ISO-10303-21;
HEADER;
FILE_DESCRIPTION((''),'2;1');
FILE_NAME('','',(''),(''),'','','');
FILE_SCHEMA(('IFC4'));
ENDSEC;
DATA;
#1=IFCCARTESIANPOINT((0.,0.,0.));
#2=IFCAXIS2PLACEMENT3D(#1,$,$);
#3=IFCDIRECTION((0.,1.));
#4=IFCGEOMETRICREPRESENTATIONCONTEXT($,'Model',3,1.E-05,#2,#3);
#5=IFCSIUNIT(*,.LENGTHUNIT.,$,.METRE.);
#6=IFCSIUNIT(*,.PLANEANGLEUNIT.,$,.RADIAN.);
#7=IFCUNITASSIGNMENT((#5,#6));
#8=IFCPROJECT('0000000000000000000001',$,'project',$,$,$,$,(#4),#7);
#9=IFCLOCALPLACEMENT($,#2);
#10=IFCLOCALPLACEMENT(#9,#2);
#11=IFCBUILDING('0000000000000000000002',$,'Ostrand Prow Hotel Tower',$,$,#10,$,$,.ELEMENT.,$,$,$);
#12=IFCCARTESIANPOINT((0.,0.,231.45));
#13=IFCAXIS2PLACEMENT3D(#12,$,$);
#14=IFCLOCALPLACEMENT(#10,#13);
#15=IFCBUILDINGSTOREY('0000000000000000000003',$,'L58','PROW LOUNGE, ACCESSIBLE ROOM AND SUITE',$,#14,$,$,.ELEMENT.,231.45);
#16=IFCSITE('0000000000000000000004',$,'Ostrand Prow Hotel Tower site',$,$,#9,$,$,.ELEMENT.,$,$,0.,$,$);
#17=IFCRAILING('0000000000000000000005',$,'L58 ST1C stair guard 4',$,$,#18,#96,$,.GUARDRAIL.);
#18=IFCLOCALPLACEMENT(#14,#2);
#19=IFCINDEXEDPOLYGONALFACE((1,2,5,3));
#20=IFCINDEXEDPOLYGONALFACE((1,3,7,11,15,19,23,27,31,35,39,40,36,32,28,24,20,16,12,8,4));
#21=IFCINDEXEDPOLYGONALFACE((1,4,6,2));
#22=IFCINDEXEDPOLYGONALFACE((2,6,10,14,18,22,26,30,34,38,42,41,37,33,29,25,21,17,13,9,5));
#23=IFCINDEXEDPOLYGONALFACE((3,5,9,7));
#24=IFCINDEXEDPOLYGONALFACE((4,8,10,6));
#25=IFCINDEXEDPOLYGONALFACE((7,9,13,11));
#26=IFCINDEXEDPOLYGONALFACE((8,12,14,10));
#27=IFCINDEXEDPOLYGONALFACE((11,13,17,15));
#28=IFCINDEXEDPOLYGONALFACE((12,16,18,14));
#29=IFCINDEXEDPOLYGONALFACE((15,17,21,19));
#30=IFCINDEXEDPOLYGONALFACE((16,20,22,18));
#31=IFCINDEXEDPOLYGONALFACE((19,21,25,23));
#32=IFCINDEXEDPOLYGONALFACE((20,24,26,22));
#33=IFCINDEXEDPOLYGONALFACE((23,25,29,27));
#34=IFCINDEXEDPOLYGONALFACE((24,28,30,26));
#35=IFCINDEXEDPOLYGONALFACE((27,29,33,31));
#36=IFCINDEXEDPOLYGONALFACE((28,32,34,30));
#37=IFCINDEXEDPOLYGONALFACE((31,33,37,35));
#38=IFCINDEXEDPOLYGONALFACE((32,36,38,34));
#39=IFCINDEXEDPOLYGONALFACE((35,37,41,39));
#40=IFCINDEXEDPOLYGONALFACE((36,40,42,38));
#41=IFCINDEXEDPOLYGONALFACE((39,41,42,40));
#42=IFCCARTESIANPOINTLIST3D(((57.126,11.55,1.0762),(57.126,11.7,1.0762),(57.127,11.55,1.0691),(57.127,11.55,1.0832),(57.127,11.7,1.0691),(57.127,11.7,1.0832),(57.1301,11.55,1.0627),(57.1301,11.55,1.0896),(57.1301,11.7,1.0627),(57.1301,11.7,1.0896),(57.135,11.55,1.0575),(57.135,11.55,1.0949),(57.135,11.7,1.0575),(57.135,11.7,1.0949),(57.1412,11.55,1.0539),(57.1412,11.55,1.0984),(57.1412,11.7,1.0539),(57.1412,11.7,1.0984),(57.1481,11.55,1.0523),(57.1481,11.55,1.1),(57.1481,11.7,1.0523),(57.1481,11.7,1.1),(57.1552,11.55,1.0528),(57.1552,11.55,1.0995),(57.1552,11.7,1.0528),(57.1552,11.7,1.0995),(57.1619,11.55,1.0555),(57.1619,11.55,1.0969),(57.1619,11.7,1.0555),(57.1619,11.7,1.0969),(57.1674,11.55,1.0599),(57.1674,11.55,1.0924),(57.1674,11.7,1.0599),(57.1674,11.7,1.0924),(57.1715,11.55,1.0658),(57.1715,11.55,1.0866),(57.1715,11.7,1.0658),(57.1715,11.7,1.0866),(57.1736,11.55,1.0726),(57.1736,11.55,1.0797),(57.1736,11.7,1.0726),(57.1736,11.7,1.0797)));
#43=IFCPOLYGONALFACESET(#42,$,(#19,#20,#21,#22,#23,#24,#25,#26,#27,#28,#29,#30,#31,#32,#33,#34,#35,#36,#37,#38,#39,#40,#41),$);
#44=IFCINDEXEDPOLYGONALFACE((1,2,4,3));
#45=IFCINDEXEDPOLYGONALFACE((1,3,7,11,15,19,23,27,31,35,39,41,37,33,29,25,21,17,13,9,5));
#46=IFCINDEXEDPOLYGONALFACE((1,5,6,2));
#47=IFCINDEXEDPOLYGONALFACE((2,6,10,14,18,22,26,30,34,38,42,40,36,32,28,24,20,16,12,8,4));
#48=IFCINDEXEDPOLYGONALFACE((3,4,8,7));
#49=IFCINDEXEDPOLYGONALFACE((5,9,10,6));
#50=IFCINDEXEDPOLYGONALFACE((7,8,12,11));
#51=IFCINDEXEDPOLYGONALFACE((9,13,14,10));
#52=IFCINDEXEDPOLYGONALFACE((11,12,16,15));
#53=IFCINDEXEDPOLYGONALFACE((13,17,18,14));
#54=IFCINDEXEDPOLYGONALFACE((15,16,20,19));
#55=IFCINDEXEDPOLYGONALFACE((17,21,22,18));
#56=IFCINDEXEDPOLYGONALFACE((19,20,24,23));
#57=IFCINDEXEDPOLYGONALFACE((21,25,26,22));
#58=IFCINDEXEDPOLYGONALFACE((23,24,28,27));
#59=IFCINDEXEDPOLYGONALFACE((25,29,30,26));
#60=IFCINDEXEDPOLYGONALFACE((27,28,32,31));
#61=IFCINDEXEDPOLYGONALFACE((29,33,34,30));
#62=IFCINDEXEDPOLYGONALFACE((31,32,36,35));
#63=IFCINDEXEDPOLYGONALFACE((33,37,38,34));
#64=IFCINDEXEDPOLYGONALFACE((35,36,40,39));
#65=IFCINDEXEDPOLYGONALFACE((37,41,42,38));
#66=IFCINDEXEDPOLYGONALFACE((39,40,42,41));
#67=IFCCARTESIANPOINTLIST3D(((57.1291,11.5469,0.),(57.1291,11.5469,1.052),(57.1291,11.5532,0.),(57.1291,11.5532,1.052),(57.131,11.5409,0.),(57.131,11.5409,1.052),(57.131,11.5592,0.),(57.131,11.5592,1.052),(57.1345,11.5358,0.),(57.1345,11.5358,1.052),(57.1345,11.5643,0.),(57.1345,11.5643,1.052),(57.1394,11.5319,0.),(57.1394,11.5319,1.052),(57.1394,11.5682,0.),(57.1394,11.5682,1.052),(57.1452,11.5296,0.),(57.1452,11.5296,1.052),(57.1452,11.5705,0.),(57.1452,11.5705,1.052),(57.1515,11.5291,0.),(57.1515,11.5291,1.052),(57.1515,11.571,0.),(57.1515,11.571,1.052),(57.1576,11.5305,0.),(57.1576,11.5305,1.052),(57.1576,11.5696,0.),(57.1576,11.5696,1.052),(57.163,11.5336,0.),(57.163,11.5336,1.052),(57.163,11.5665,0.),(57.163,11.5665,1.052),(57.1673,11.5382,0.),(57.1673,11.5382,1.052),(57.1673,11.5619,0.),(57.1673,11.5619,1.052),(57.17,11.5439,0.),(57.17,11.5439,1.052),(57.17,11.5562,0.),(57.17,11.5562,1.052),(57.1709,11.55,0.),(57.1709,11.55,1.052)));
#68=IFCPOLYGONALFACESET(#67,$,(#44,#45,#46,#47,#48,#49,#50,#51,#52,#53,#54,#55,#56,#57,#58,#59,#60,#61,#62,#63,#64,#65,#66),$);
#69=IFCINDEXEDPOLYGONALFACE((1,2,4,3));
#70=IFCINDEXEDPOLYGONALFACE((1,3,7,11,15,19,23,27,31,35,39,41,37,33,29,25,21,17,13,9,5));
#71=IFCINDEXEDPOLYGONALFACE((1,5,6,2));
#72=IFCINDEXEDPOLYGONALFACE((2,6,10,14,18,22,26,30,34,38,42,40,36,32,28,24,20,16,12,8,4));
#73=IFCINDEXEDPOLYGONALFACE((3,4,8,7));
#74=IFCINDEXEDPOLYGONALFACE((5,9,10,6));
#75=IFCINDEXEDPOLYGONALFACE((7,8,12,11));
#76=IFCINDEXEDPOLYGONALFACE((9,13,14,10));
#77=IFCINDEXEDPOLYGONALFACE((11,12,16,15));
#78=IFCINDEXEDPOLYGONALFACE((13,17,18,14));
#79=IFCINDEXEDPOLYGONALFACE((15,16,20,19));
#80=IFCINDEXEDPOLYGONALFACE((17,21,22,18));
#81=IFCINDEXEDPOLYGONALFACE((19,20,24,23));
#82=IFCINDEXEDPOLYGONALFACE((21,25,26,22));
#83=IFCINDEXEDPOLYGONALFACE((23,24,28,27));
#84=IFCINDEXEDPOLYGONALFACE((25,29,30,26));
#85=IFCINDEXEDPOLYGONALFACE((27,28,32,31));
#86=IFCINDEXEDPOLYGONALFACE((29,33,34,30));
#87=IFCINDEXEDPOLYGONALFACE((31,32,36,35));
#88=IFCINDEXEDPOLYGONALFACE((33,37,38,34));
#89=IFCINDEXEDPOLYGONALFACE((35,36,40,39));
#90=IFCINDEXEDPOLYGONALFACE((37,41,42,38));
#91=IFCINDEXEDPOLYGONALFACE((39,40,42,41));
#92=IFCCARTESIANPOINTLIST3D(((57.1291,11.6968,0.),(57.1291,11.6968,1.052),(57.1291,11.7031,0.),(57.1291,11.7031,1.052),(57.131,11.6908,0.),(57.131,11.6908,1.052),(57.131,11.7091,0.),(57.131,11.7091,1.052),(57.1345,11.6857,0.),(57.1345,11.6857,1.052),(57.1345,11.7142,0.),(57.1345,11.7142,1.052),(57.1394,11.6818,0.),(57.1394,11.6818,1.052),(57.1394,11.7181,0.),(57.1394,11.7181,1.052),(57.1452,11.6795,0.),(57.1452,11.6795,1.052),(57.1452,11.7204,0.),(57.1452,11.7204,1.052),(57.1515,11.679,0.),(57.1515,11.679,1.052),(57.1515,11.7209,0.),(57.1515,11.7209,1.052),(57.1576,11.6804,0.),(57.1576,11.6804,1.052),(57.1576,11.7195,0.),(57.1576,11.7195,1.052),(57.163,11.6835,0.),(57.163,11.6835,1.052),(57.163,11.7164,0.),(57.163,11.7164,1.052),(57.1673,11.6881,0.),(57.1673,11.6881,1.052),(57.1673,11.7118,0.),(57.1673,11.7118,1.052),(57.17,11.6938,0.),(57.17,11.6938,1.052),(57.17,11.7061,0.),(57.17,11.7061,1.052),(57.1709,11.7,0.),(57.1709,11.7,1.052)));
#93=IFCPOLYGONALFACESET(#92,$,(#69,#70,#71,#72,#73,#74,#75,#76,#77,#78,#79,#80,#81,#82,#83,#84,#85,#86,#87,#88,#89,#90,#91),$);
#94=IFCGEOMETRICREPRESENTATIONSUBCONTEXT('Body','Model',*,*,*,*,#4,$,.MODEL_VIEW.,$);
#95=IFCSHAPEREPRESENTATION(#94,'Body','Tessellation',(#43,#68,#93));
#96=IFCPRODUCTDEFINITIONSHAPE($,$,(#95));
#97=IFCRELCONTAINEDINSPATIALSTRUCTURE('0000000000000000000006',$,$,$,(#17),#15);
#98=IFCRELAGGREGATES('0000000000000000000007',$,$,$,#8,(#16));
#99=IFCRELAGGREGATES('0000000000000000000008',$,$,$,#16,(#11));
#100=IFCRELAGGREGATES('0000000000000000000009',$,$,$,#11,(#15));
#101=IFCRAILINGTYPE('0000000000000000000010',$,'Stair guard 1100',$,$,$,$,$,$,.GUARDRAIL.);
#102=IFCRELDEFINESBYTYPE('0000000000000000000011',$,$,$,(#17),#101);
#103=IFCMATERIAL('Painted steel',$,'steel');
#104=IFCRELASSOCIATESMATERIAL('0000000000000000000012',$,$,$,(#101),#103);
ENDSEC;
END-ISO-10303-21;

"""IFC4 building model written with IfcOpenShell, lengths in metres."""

from ifc_helpers import new_model, si_unit, direction, frame, origin, origin_2d, place, context, subcontext, project, spatial, circle, extrude, material, type_object, element, save


model = new_model("IFC4")

# Units and contexts
model_context = context("Model", 3, precision=1e-05, world=origin(), true_north=direction((0.0, 1.0)))
body_context = subcontext(model_context, "Body", "Model", "MODEL_VIEW")
ifc_project = project(units=[si_unit("LENGTHUNIT", "METRE"), si_unit("PLANEANGLEUNIT", "RADIAN")], contexts=[model_context])

# Site, building, storey
site_placement = place(None, origin())
site = spatial("IfcSite", under=ifc_project, at=site_placement, Name="Ostrand Prow Hotel Tower site", CompositionType="ELEMENT", RefElevation=0.0)
building_placement = place(site_placement, origin())
building = spatial("IfcBuilding", under=site, at=building_placement, Name="Ostrand Prow Hotel Tower", CompositionType="ELEMENT")
storey_placement = place(building_placement, frame((0.0, 0.0, 231.45)))
storey = spatial("IfcBuildingStorey", under=building, at=storey_placement, Name="L58", Description="PROW LOUNGE, ACCESSIBLE ROOM AND SUITE", CompositionType="ELEMENT", Elevation=231.45)

# Railing
ifc_material_1 = material(Name="Painted steel", Category="steel")
railing_type_1 = type_object("IfcRailingType", Name="Stair guard 1100", PredefinedType="GUARDRAIL", material=ifc_material_1)
railing_1_placement = place(storey_placement, frame((57.1499, 11.55, 0.0)))
element("IfcRailing", 1, at=railing_1_placement, inside=storey, type_object=railing_type_1, Name="L58 ST1C stair guard 4", PredefinedType="GUARDRAIL", context=body_context, shape_type="SweptSolid", body=[
    extrude(circle(Radius=0.0239, at=origin_2d()), frame((0.0, 0.0, 1.0762), z_axis=(0.0, 1.0, 0.0), x_axis=(-1.0, 0.0, 0.0)), (0.0, 0.0, 1.0), 0.1499),
    extrude(circle(Radius=0.021, at=origin_2d()), origin(), (0.0, 0.0, 1.0), 1.052),
    extrude(circle(Radius=0.021, at=origin_2d()), frame((0.0, 0.1499, 0.0)), (0.0, 0.0, 1.0), 1.052),
])

save(model, "model.ifc")
